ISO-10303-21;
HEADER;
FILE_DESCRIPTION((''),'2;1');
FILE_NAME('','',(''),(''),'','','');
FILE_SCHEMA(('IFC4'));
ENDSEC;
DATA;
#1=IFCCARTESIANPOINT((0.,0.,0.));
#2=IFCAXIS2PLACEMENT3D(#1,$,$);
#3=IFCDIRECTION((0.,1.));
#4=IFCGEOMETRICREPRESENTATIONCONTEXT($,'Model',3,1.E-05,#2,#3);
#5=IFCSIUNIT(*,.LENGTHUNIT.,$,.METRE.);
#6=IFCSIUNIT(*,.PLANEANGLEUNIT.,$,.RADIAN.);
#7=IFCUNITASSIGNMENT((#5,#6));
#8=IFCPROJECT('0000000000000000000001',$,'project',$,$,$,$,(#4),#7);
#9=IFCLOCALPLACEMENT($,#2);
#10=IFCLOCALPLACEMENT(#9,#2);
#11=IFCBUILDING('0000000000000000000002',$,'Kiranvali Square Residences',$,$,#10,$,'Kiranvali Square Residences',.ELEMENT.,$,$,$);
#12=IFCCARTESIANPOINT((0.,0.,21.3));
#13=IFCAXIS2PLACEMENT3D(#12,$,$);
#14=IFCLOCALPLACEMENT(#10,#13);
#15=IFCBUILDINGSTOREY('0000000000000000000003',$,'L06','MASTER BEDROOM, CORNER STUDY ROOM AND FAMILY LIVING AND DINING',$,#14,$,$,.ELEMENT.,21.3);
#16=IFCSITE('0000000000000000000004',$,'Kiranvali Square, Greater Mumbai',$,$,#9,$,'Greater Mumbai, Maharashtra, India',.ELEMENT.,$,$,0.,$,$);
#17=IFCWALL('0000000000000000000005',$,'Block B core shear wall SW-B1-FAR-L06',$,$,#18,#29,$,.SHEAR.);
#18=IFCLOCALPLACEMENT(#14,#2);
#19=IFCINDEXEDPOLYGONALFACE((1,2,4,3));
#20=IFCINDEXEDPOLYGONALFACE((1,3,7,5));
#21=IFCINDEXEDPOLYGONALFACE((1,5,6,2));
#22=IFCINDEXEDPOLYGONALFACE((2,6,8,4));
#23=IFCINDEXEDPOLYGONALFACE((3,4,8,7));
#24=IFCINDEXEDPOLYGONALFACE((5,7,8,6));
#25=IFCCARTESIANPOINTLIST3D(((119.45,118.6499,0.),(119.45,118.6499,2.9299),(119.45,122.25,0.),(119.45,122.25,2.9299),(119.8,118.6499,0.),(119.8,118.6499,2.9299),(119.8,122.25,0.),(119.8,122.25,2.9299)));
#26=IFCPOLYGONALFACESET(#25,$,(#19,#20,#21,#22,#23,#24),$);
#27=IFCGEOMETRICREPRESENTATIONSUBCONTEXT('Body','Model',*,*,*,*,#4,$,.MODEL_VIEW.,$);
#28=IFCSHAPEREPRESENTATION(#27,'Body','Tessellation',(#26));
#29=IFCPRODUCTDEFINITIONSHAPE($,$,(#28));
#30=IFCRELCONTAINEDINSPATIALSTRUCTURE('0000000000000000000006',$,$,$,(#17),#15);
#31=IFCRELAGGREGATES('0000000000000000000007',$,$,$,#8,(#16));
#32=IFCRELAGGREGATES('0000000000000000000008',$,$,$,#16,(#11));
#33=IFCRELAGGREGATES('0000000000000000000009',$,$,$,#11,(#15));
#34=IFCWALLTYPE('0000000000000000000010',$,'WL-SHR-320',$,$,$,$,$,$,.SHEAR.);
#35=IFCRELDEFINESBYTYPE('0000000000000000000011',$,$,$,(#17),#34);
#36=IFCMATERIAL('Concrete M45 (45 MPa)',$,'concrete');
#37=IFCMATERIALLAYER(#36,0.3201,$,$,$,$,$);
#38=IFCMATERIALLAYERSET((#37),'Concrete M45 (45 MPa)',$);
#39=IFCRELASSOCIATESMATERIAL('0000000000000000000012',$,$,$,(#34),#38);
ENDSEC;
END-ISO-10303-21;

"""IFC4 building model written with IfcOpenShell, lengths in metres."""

from ifc_helpers import new_model, si_unit, direction, frame, frame_2d, origin, place, context, subcontext, project, spatial, rectangle, extrude, material, layer, layer_set, type_object, element, save


model = new_model("IFC4")

# Units and contexts
model_context = context("Model", 3, precision=1e-05, world=origin(), true_north=direction((0.0, 1.0)))
body_context = subcontext(model_context, "Body", "Model", "MODEL_VIEW")
ifc_project = project(units=[si_unit("LENGTHUNIT", "METRE"), si_unit("PLANEANGLEUNIT", "RADIAN")], contexts=[model_context])

# Site, building, storey
site_placement = place(None, origin())
site = spatial("IfcSite", under=ifc_project, at=site_placement, Name="Kiranvali Square, Greater Mumbai", LongName="Greater Mumbai, Maharashtra, India", CompositionType="ELEMENT", RefElevation=0.0)
building_placement = place(site_placement, origin())
building = spatial("IfcBuilding", under=site, at=building_placement, Name="Kiranvali Square Residences", LongName="Kiranvali Square Residences", CompositionType="ELEMENT")
storey_placement = place(building_placement, frame((0.0, 0.0, 21.3)))
storey = spatial("IfcBuildingStorey", under=building, at=storey_placement, Name="L06", Description="MASTER BEDROOM, CORNER STUDY ROOM AND FAMILY LIVING AND DINING", CompositionType="ELEMENT", Elevation=21.3)

# Shared definitions
ifc_material_1 = material(Name="Concrete M45 (45 MPa)", Category="concrete")

# Wall
ifc_layer_1 = layer(ifc_material_1, 0.3201)
ifc_layer_set_1 = layer_set([ifc_layer_1], Name="Concrete M45 (45 MPa)")
wall_type_1 = type_object("IfcWallType", Name="WL-SHR-320", PredefinedType="SHEAR", material=ifc_layer_set_1)
wall_1_placement = place(storey_placement, frame((119.625, 118.6499, 0.0), z_axis=(0.0, 0.0, 1.0), x_axis=(0.0, 1.0, 0.0)))
element("IfcWall", 1, at=wall_1_placement, inside=storey, type_object=wall_type_1, Name="Block B core shear wall SW-B1-FAR-L06", PredefinedType="SHEAR", context=body_context, shape_type="SweptSolid", body=[
    extrude(rectangle(XDim=3.6001, YDim=0.3501, at=frame_2d((1.8, 0.0))), origin(), (0.0, 0.0, 1.0), 2.9299),
])

save(model, "model.ifc")
